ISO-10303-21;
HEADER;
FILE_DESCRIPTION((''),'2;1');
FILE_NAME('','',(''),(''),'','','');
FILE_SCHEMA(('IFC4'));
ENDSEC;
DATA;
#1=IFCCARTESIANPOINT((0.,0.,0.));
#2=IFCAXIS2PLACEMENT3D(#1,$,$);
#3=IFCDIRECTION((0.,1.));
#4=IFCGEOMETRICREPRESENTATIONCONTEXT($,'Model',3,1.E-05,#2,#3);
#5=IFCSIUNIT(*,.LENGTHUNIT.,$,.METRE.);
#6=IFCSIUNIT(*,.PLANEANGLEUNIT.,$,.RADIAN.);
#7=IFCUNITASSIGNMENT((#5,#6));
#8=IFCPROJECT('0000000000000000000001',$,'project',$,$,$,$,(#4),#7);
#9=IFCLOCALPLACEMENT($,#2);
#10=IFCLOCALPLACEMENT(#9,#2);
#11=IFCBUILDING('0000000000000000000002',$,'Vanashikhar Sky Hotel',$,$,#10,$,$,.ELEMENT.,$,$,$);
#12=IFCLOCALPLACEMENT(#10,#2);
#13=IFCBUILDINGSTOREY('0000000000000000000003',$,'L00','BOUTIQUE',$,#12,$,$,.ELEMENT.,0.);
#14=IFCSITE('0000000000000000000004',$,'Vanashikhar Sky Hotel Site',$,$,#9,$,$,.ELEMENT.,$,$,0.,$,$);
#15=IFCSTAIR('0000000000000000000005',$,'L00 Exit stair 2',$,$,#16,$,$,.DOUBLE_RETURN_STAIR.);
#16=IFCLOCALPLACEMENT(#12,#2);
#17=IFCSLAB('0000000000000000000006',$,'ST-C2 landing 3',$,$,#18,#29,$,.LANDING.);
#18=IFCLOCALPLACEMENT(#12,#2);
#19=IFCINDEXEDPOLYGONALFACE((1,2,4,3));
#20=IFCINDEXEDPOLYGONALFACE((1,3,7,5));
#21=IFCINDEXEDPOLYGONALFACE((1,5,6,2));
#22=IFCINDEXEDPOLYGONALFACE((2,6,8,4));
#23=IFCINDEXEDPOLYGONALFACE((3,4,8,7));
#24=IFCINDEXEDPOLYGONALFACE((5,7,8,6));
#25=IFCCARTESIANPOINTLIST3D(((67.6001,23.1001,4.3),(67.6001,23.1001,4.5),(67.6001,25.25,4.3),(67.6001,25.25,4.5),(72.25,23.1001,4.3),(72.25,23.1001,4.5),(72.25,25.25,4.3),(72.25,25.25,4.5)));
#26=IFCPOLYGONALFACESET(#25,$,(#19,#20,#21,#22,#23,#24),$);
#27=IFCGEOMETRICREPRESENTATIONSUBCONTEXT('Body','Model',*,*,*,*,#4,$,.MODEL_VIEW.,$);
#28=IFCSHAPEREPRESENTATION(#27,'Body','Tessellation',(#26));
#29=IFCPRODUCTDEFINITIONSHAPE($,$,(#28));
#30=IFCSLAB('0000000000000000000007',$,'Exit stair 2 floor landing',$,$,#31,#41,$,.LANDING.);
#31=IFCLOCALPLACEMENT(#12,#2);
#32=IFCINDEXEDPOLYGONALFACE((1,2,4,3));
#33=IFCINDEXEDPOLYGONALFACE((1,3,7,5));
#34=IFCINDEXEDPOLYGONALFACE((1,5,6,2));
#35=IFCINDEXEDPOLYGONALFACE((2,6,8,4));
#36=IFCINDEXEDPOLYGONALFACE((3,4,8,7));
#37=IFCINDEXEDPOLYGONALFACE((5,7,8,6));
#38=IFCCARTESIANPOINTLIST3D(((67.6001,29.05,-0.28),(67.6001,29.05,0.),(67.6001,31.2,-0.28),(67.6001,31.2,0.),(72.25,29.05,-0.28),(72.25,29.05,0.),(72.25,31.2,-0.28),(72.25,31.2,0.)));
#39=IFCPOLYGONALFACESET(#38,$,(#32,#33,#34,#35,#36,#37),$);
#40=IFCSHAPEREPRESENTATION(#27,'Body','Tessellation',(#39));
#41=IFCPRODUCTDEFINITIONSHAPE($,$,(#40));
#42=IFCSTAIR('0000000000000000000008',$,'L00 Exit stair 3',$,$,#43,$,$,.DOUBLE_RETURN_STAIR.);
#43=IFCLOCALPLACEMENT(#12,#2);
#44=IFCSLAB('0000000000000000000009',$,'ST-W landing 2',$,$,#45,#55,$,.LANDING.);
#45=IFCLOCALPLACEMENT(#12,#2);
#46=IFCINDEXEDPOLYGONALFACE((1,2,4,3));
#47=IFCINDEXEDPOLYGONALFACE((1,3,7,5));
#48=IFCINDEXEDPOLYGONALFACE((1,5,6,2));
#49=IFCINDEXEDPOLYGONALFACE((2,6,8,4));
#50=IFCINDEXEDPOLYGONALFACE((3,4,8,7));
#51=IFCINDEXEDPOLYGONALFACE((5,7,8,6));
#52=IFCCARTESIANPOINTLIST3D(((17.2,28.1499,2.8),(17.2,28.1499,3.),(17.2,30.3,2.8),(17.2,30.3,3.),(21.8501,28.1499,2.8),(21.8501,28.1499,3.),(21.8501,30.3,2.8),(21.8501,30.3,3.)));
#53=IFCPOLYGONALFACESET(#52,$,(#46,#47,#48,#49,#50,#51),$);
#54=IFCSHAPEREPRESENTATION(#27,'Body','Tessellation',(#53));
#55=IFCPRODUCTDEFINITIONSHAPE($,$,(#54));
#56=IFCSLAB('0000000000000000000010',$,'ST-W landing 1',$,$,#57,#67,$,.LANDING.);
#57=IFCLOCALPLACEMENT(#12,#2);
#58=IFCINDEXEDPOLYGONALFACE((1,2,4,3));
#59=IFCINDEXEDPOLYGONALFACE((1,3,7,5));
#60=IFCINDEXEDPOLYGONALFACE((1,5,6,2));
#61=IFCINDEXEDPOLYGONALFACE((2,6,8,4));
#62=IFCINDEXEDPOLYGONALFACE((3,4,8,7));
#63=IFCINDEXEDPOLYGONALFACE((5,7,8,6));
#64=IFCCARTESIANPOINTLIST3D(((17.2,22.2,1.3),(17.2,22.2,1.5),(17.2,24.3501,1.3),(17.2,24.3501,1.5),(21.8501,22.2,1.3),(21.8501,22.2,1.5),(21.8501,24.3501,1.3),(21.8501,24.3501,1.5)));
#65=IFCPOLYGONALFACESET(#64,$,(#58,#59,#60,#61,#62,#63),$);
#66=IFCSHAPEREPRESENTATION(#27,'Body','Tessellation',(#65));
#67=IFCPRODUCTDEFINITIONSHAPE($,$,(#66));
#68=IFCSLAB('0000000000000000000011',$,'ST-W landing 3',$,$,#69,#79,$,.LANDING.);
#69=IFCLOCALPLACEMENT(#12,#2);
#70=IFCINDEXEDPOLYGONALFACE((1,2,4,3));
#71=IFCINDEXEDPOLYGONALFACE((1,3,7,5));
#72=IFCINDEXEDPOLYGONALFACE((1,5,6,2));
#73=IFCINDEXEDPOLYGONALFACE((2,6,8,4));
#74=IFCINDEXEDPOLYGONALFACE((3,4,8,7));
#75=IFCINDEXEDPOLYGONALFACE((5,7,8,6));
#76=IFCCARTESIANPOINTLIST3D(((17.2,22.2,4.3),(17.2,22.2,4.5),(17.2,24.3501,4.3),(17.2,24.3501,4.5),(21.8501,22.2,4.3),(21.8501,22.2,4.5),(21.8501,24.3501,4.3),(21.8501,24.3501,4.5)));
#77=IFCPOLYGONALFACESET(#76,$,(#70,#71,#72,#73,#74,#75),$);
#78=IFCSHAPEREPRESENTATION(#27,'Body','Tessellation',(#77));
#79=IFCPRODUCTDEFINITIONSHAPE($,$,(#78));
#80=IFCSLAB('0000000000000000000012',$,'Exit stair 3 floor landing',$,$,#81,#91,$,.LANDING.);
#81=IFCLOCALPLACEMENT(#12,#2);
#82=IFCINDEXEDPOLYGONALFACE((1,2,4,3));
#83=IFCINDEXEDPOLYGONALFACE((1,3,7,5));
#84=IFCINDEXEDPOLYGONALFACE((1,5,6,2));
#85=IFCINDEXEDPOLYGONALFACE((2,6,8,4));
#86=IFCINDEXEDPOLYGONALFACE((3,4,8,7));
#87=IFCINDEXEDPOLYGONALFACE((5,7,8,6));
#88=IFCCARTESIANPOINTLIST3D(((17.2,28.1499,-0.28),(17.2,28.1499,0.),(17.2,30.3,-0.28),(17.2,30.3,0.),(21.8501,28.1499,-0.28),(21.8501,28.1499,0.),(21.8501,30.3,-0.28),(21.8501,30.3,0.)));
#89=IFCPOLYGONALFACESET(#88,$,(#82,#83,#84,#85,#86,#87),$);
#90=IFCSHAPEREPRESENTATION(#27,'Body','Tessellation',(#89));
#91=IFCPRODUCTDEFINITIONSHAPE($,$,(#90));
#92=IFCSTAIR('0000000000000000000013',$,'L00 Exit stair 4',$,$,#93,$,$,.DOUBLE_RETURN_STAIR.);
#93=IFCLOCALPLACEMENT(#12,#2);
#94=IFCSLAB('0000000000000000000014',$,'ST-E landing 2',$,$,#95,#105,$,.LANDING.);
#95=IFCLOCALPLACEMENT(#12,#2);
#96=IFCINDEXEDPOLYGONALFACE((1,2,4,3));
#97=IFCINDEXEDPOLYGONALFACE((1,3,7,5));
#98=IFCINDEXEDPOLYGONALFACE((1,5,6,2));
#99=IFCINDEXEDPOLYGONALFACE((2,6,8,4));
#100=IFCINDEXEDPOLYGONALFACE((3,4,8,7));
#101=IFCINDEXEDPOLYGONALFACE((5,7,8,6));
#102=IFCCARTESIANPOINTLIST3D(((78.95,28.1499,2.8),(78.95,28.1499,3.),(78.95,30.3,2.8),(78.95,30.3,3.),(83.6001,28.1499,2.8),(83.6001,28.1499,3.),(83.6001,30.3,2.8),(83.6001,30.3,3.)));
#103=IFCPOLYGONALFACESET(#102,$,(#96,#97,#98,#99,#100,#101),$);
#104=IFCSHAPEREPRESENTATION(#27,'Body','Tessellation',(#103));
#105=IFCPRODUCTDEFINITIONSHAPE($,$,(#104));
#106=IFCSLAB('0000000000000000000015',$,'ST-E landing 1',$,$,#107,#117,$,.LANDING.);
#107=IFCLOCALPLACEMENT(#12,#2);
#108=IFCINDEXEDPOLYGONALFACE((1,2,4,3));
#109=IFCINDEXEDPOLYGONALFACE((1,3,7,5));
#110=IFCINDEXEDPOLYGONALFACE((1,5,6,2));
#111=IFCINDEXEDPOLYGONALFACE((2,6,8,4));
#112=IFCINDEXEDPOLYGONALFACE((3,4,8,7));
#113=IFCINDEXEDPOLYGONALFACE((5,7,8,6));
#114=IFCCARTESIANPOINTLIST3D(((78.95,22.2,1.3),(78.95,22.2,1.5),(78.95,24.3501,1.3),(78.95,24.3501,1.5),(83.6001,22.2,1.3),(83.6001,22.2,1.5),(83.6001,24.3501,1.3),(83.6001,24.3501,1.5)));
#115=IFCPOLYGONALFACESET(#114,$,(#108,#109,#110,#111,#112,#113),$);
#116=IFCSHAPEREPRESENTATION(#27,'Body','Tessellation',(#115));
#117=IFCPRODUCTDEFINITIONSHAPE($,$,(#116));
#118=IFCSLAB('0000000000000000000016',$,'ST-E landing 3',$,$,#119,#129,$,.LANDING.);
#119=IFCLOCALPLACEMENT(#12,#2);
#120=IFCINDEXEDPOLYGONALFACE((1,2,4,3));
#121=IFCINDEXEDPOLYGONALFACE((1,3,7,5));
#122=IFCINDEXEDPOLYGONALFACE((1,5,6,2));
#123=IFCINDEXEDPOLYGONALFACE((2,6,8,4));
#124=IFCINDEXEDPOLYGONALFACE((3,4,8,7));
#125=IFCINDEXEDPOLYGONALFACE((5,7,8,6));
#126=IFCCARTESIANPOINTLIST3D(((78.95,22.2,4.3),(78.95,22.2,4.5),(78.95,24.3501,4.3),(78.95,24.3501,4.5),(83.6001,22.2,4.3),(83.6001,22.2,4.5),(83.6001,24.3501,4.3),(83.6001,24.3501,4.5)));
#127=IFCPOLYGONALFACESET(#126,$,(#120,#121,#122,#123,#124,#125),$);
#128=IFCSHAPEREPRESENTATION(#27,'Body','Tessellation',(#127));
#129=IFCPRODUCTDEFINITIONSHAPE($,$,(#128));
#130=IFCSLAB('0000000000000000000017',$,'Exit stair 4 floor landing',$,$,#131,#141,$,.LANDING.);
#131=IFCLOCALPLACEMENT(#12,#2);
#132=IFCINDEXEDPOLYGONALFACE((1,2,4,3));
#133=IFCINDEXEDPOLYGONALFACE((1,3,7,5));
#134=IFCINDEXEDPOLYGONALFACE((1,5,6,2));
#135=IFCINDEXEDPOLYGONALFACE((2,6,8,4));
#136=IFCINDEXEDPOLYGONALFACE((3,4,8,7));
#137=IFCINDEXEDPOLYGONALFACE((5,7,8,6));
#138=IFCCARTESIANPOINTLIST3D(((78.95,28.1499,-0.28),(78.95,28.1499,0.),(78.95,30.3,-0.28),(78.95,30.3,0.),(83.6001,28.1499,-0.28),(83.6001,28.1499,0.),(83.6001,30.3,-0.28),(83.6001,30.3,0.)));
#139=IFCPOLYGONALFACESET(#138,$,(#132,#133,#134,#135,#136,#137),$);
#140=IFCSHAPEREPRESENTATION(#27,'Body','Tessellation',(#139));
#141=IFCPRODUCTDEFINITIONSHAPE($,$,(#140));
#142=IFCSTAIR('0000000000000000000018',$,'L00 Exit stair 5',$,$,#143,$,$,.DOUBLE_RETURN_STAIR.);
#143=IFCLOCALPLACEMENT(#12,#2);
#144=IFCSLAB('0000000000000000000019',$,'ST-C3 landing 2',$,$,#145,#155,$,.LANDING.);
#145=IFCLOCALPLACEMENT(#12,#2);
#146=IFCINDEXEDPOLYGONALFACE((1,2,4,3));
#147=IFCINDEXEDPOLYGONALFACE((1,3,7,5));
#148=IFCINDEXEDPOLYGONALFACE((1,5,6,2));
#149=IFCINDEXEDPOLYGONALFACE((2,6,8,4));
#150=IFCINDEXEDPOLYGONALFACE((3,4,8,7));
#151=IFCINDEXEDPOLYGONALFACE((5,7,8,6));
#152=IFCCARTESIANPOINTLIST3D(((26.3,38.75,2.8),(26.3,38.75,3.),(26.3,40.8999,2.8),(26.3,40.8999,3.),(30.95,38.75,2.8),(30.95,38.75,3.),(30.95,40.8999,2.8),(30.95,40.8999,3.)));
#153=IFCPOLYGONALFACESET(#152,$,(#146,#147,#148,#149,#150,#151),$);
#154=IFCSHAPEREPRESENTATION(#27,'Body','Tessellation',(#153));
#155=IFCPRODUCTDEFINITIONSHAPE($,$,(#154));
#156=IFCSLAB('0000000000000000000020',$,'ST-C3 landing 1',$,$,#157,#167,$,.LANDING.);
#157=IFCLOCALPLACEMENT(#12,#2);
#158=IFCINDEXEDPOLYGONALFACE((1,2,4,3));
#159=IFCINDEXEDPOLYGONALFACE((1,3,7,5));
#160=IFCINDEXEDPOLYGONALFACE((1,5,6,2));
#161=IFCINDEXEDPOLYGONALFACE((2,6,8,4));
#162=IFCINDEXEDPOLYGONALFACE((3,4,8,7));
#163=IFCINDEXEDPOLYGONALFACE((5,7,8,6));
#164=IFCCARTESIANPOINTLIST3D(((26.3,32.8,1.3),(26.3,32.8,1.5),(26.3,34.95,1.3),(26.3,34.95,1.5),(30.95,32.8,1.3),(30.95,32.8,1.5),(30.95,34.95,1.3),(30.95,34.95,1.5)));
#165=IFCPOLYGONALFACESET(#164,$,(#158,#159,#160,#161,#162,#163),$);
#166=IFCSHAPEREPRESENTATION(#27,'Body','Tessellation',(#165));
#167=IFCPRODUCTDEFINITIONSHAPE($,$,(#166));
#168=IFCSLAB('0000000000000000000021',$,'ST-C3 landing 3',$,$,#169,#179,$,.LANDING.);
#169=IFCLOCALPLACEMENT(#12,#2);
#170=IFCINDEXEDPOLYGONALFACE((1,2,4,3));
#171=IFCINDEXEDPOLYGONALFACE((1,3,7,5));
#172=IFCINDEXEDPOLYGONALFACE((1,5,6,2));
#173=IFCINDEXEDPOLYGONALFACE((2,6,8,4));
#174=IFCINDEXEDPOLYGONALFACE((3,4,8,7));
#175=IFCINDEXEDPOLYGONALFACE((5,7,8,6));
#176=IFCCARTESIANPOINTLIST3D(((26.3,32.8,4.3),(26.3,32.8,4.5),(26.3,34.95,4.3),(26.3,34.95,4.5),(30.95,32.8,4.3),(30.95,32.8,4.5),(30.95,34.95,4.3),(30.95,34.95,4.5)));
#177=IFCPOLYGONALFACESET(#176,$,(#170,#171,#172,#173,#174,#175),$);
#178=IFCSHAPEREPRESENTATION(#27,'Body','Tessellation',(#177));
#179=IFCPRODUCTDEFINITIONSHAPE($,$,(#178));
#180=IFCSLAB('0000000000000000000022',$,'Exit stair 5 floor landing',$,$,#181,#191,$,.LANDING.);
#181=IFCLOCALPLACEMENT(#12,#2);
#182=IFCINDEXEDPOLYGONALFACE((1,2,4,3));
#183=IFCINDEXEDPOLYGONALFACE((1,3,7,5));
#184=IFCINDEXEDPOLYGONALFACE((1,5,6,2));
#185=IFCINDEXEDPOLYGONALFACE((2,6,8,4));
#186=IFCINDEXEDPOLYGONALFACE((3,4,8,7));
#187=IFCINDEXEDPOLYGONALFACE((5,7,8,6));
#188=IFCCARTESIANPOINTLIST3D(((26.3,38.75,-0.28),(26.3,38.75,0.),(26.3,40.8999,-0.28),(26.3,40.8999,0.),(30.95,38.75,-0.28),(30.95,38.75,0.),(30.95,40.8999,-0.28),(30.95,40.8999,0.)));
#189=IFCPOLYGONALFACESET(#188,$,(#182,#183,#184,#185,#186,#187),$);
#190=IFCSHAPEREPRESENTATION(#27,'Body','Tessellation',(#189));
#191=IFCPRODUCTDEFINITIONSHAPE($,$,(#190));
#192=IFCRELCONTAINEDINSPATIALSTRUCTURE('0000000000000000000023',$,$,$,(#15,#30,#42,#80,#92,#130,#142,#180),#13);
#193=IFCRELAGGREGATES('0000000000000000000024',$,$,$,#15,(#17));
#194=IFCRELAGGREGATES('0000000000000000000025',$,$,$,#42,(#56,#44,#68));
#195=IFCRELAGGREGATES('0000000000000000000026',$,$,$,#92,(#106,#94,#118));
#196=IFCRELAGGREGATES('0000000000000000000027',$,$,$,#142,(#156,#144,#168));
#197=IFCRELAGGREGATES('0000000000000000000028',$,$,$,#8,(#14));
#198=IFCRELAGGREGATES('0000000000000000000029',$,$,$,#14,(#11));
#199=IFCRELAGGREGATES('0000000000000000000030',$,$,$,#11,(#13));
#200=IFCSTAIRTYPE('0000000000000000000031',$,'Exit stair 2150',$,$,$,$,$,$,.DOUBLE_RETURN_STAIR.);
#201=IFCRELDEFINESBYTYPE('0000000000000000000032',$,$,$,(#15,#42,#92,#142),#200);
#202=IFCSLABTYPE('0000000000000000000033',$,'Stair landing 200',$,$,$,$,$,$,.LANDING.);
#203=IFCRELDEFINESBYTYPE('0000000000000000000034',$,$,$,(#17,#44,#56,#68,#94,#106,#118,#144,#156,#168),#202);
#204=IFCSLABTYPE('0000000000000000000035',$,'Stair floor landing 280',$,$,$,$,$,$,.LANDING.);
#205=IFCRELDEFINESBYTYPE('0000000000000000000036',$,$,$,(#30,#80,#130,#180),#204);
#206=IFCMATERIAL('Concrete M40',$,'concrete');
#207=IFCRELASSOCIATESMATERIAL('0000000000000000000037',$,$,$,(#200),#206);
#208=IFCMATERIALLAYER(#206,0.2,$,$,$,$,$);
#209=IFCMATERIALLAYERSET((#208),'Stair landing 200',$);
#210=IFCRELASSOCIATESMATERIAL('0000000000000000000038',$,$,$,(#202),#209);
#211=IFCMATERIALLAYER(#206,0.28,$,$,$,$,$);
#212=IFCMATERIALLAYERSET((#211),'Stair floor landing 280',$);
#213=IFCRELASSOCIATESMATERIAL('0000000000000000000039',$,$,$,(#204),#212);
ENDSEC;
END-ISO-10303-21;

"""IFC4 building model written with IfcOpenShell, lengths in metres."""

from ifc_helpers import new_model, si_unit, direction, frame, origin, place, context, subcontext, project, spatial, polyline, outline, extrude, source, transform, mapped, material, layer, layer_set, type_object, element, aggregate, save


model = new_model("IFC4")

# Units and contexts
model_context = context("Model", 3, precision=1e-05, world=origin(), true_north=direction((0.0, 1.0)))
body_context = subcontext(model_context, "Body", "Model", "MODEL_VIEW")
ifc_project = project(units=[si_unit("LENGTHUNIT", "METRE"), si_unit("PLANEANGLEUNIT", "RADIAN")], contexts=[model_context])

# Site, building, storey
site_placement = place(None, origin())
site = spatial("IfcSite", under=ifc_project, at=site_placement, Name="Vanashikhar Sky Hotel Site", CompositionType="ELEMENT", RefElevation=0.0)
building_placement = place(site_placement, origin())
building = spatial("IfcBuilding", under=site, at=building_placement, Name="Vanashikhar Sky Hotel", CompositionType="ELEMENT")
storey_placement = place(building_placement, origin())
storey = spatial("IfcBuildingStorey", under=building, at=storey_placement, Name="L00", Description="BOUTIQUE", CompositionType="ELEMENT", Elevation=0.0)

# Stair, slab
ifc_material_1 = material(Name="Concrete M40", Category="concrete")
stair_type = type_object("IfcStairType", Name="Exit stair 2150", PredefinedType="DOUBLE_RETURN_STAIR", material=ifc_material_1)
stair_1_placement = place(storey_placement, origin())
stair_1 = element("IfcStair", 1, at=stair_1_placement, inside=storey, type_object=stair_type, Name="L00 Exit stair 2", PredefinedType="DOUBLE_RETURN_STAIR")
ifc_layer_1 = layer(ifc_material_1, 0.2)
ifc_layer_set_1 = layer_set([ifc_layer_1], Name="Stair landing 200")
slab_type_1 = type_object("IfcSlabType", Name="Stair landing 200", PredefinedType="LANDING", material=ifc_layer_set_1)
shared_shape_1 = source(origin(), body_context, "Body", "SweptSolid", [
    extrude(outline(polyline([(72.25, 23.1001), (72.25, 25.25), (67.6001, 25.25), (67.6001, 23.1001), (72.25, 23.1001)])), origin(), (0.0, 0.0, 1.0), 0.2),
])
slab_1_placement = place(storey_placement, frame((0.0, 0.0, 4.3)))
slab_1 = element("IfcSlab", 2, at=slab_1_placement, type_object=slab_type_1, Name="ST-C2 landing 3", PredefinedType="LANDING", context=body_context, shape_type="MappedRepresentation", body=[
    mapped(shared_shape_1, transform((0.0, 0.0, 0.0), scale=1.0)),
])
aggregate(stair_1, [slab_1])

# Slab
ifc_layer_2 = layer(ifc_material_1, 0.28)
ifc_layer_set_2 = layer_set([ifc_layer_2], Name="Stair floor landing 280")
slab_type_2 = type_object("IfcSlabType", Name="Stair floor landing 280", PredefinedType="LANDING", material=ifc_layer_set_2)
shared_shape_2 = source(origin(), body_context, "Body", "SweptSolid", [
    extrude(outline(polyline([(72.25, 29.05), (72.25, 31.2), (67.6001, 31.2), (67.6001, 29.05), (72.25, 29.05)])), origin(), (0.0, 0.0, 1.0), 0.28),
])
slab_2_placement = place(storey_placement, frame((0.0, 0.0, -0.28)))
element("IfcSlab", 3, at=slab_2_placement, inside=storey, type_object=slab_type_2, Name="Exit stair 2 floor landing", PredefinedType="LANDING", context=body_context, shape_type="MappedRepresentation", body=[
    mapped(shared_shape_2, transform((0.0, 0.0, 0.0), scale=1.0)),
])

# Stair, slabs
stair_2_placement = place(storey_placement, origin())
stair_2 = element("IfcStair", 4, at=stair_2_placement, inside=storey, type_object=stair_type, Name="L00 Exit stair 3", PredefinedType="DOUBLE_RETURN_STAIR")
shared_shape_3 = source(origin(), body_context, "Body", "SweptSolid", [
    extrude(outline(polyline([(21.8501, 28.1499), (21.8501, 30.3), (17.2, 30.3), (17.2, 28.1499), (21.8501, 28.1499)])), origin(), (0.0, 0.0, 1.0), 0.2),
])
slab_3_placement = place(storey_placement, frame((0.0, 0.0, 2.8)))
slab_3 = element("IfcSlab", 5, at=slab_3_placement, type_object=slab_type_1, Name="ST-W landing 2", PredefinedType="LANDING", context=body_context, shape_type="MappedRepresentation", body=[
    mapped(shared_shape_3, transform((0.0, 0.0, 0.0), scale=1.0)),
])
shared_shape_4 = source(origin(), body_context, "Body", "SweptSolid", [
    extrude(outline(polyline([(21.8501, 22.2), (21.8501, 24.3501), (17.2, 24.3501), (17.2, 22.2), (21.8501, 22.2)])), origin(), (0.0, 0.0, 1.0), 0.2),
])
slab_4_placement = place(storey_placement, frame((0.0, 0.0, 1.3)))
slab_4 = element("IfcSlab", 6, at=slab_4_placement, type_object=slab_type_1, Name="ST-W landing 1", PredefinedType="LANDING", context=body_context, shape_type="MappedRepresentation", body=[
    mapped(shared_shape_4, transform((0.0, 0.0, 0.0), scale=1.0)),
])
slab_5_placement = place(storey_placement, frame((0.0, 0.0, 4.3)))
slab_5 = element("IfcSlab", 7, at=slab_5_placement, type_object=slab_type_1, Name="ST-W landing 3", PredefinedType="LANDING", context=body_context, shape_type="MappedRepresentation", body=[
    mapped(shared_shape_4, transform((0.0, 0.0, 0.0), scale=1.0)),
])
aggregate(stair_2, [slab_4, slab_3, slab_5])

# Slab
shared_shape_5 = source(origin(), body_context, "Body", "SweptSolid", [
    extrude(outline(polyline([(21.8501, 28.1499), (21.8501, 30.3), (17.2, 30.3), (17.2, 28.1499), (21.8501, 28.1499)])), origin(), (0.0, 0.0, 1.0), 0.28),
])
slab_6_placement = place(storey_placement, frame((0.0, 0.0, -0.28)))
element("IfcSlab", 8, at=slab_6_placement, inside=storey, type_object=slab_type_2, Name="Exit stair 3 floor landing", PredefinedType="LANDING", context=body_context, shape_type="MappedRepresentation", body=[
    mapped(shared_shape_5, transform((0.0, 0.0, 0.0), scale=1.0)),
])

# Stair, slabs
stair_3_placement = place(storey_placement, origin())
stair_3 = element("IfcStair", 9, at=stair_3_placement, inside=storey, type_object=stair_type, Name="L00 Exit stair 4", PredefinedType="DOUBLE_RETURN_STAIR")
shared_shape_6 = source(origin(), body_context, "Body", "SweptSolid", [
    extrude(outline(polyline([(83.6001, 28.1499), (83.6001, 30.3), (78.95, 30.3), (78.95, 28.1499), (83.6001, 28.1499)])), origin(), (0.0, 0.0, 1.0), 0.2),
])
slab_7_placement = place(storey_placement, frame((0.0, 0.0, 2.8)))
slab_7 = element("IfcSlab", 10, at=slab_7_placement, type_object=slab_type_1, Name="ST-E landing 2", PredefinedType="LANDING", context=body_context, shape_type="MappedRepresentation", body=[
    mapped(shared_shape_6, transform((0.0, 0.0, 0.0), scale=1.0)),
])
shared_shape_7 = source(origin(), body_context, "Body", "SweptSolid", [
    extrude(outline(polyline([(83.6001, 22.2), (83.6001, 24.3501), (78.95, 24.3501), (78.95, 22.2), (83.6001, 22.2)])), origin(), (0.0, 0.0, 1.0), 0.2),
])
slab_8_placement = place(storey_placement, frame((0.0, 0.0, 1.3)))
slab_8 = element("IfcSlab", 11, at=slab_8_placement, type_object=slab_type_1, Name="ST-E landing 1", PredefinedType="LANDING", context=body_context, shape_type="MappedRepresentation", body=[
    mapped(shared_shape_7, transform((0.0, 0.0, 0.0), scale=1.0)),
])
slab_9_placement = place(storey_placement, frame((0.0, 0.0, 4.3)))
slab_9 = element("IfcSlab", 12, at=slab_9_placement, type_object=slab_type_1, Name="ST-E landing 3", PredefinedType="LANDING", context=body_context, shape_type="MappedRepresentation", body=[
    mapped(shared_shape_7, transform((0.0, 0.0, 0.0), scale=1.0)),
])
aggregate(stair_3, [slab_8, slab_7, slab_9])

# Slab
shared_shape_8 = source(origin(), body_context, "Body", "SweptSolid", [
    extrude(outline(polyline([(83.6001, 28.1499), (83.6001, 30.3), (78.95, 30.3), (78.95, 28.1499), (83.6001, 28.1499)])), origin(), (0.0, 0.0, 1.0), 0.28),
])
slab_10_placement = place(storey_placement, frame((0.0, 0.0, -0.28)))
element("IfcSlab", 13, at=slab_10_placement, inside=storey, type_object=slab_type_2, Name="Exit stair 4 floor landing", PredefinedType="LANDING", context=body_context, shape_type="MappedRepresentation", body=[
    mapped(shared_shape_8, transform((0.0, 0.0, 0.0), scale=1.0)),
])

# Stair, slabs
stair_4_placement = place(storey_placement, origin())
stair_4 = element("IfcStair", 14, at=stair_4_placement, inside=storey, type_object=stair_type, Name="L00 Exit stair 5", PredefinedType="DOUBLE_RETURN_STAIR")
shared_shape_9 = source(origin(), body_context, "Body", "SweptSolid", [
    extrude(outline(polyline([(30.95, 38.75), (30.95, 40.8999), (26.3, 40.8999), (26.3, 38.75), (30.95, 38.75)])), origin(), (0.0, 0.0, 1.0), 0.2),
])
slab_11_placement = place(storey_placement, frame((0.0, 0.0, 2.8)))
slab_11 = element("IfcSlab", 15, at=slab_11_placement, type_object=slab_type_1, Name="ST-C3 landing 2", PredefinedType="LANDING", context=body_context, shape_type="MappedRepresentation", body=[
    mapped(shared_shape_9, transform((0.0, 0.0, 0.0), scale=1.0)),
])
shared_shape_10 = source(origin(), body_context, "Body", "SweptSolid", [
    extrude(outline(polyline([(30.95, 32.8), (30.95, 34.95), (26.3, 34.95), (26.3, 32.8), (30.95, 32.8)])), origin(), (0.0, 0.0, 1.0), 0.2),
])
slab_12_placement = place(storey_placement, frame((0.0, 0.0, 1.3)))
slab_12 = element("IfcSlab", 16, at=slab_12_placement, type_object=slab_type_1, Name="ST-C3 landing 1", PredefinedType="LANDING", context=body_context, shape_type="MappedRepresentation", body=[
    mapped(shared_shape_10, transform((0.0, 0.0, 0.0), scale=1.0)),
])
slab_13_placement = place(storey_placement, frame((0.0, 0.0, 4.3)))
slab_13 = element("IfcSlab", 17, at=slab_13_placement, type_object=slab_type_1, Name="ST-C3 landing 3", PredefinedType="LANDING", context=body_context, shape_type="MappedRepresentation", body=[
    mapped(shared_shape_10, transform((0.0, 0.0, 0.0), scale=1.0)),
])
aggregate(stair_4, [slab_12, slab_11, slab_13])

# Slab
shared_shape_11 = source(origin(), body_context, "Body", "SweptSolid", [
    extrude(outline(polyline([(30.95, 38.75), (30.95, 40.8999), (26.3, 40.8999), (26.3, 38.75), (30.95, 38.75)])), origin(), (0.0, 0.0, 1.0), 0.28),
])
slab_14_placement = place(storey_placement, frame((0.0, 0.0, -0.28)))
element("IfcSlab", 18, at=slab_14_placement, inside=storey, type_object=slab_type_2, Name="Exit stair 5 floor landing", PredefinedType="LANDING", context=body_context, shape_type="MappedRepresentation", body=[
    mapped(shared_shape_11, transform((0.0, 0.0, 0.0), scale=1.0)),
])

save(model, "model.ifc")
